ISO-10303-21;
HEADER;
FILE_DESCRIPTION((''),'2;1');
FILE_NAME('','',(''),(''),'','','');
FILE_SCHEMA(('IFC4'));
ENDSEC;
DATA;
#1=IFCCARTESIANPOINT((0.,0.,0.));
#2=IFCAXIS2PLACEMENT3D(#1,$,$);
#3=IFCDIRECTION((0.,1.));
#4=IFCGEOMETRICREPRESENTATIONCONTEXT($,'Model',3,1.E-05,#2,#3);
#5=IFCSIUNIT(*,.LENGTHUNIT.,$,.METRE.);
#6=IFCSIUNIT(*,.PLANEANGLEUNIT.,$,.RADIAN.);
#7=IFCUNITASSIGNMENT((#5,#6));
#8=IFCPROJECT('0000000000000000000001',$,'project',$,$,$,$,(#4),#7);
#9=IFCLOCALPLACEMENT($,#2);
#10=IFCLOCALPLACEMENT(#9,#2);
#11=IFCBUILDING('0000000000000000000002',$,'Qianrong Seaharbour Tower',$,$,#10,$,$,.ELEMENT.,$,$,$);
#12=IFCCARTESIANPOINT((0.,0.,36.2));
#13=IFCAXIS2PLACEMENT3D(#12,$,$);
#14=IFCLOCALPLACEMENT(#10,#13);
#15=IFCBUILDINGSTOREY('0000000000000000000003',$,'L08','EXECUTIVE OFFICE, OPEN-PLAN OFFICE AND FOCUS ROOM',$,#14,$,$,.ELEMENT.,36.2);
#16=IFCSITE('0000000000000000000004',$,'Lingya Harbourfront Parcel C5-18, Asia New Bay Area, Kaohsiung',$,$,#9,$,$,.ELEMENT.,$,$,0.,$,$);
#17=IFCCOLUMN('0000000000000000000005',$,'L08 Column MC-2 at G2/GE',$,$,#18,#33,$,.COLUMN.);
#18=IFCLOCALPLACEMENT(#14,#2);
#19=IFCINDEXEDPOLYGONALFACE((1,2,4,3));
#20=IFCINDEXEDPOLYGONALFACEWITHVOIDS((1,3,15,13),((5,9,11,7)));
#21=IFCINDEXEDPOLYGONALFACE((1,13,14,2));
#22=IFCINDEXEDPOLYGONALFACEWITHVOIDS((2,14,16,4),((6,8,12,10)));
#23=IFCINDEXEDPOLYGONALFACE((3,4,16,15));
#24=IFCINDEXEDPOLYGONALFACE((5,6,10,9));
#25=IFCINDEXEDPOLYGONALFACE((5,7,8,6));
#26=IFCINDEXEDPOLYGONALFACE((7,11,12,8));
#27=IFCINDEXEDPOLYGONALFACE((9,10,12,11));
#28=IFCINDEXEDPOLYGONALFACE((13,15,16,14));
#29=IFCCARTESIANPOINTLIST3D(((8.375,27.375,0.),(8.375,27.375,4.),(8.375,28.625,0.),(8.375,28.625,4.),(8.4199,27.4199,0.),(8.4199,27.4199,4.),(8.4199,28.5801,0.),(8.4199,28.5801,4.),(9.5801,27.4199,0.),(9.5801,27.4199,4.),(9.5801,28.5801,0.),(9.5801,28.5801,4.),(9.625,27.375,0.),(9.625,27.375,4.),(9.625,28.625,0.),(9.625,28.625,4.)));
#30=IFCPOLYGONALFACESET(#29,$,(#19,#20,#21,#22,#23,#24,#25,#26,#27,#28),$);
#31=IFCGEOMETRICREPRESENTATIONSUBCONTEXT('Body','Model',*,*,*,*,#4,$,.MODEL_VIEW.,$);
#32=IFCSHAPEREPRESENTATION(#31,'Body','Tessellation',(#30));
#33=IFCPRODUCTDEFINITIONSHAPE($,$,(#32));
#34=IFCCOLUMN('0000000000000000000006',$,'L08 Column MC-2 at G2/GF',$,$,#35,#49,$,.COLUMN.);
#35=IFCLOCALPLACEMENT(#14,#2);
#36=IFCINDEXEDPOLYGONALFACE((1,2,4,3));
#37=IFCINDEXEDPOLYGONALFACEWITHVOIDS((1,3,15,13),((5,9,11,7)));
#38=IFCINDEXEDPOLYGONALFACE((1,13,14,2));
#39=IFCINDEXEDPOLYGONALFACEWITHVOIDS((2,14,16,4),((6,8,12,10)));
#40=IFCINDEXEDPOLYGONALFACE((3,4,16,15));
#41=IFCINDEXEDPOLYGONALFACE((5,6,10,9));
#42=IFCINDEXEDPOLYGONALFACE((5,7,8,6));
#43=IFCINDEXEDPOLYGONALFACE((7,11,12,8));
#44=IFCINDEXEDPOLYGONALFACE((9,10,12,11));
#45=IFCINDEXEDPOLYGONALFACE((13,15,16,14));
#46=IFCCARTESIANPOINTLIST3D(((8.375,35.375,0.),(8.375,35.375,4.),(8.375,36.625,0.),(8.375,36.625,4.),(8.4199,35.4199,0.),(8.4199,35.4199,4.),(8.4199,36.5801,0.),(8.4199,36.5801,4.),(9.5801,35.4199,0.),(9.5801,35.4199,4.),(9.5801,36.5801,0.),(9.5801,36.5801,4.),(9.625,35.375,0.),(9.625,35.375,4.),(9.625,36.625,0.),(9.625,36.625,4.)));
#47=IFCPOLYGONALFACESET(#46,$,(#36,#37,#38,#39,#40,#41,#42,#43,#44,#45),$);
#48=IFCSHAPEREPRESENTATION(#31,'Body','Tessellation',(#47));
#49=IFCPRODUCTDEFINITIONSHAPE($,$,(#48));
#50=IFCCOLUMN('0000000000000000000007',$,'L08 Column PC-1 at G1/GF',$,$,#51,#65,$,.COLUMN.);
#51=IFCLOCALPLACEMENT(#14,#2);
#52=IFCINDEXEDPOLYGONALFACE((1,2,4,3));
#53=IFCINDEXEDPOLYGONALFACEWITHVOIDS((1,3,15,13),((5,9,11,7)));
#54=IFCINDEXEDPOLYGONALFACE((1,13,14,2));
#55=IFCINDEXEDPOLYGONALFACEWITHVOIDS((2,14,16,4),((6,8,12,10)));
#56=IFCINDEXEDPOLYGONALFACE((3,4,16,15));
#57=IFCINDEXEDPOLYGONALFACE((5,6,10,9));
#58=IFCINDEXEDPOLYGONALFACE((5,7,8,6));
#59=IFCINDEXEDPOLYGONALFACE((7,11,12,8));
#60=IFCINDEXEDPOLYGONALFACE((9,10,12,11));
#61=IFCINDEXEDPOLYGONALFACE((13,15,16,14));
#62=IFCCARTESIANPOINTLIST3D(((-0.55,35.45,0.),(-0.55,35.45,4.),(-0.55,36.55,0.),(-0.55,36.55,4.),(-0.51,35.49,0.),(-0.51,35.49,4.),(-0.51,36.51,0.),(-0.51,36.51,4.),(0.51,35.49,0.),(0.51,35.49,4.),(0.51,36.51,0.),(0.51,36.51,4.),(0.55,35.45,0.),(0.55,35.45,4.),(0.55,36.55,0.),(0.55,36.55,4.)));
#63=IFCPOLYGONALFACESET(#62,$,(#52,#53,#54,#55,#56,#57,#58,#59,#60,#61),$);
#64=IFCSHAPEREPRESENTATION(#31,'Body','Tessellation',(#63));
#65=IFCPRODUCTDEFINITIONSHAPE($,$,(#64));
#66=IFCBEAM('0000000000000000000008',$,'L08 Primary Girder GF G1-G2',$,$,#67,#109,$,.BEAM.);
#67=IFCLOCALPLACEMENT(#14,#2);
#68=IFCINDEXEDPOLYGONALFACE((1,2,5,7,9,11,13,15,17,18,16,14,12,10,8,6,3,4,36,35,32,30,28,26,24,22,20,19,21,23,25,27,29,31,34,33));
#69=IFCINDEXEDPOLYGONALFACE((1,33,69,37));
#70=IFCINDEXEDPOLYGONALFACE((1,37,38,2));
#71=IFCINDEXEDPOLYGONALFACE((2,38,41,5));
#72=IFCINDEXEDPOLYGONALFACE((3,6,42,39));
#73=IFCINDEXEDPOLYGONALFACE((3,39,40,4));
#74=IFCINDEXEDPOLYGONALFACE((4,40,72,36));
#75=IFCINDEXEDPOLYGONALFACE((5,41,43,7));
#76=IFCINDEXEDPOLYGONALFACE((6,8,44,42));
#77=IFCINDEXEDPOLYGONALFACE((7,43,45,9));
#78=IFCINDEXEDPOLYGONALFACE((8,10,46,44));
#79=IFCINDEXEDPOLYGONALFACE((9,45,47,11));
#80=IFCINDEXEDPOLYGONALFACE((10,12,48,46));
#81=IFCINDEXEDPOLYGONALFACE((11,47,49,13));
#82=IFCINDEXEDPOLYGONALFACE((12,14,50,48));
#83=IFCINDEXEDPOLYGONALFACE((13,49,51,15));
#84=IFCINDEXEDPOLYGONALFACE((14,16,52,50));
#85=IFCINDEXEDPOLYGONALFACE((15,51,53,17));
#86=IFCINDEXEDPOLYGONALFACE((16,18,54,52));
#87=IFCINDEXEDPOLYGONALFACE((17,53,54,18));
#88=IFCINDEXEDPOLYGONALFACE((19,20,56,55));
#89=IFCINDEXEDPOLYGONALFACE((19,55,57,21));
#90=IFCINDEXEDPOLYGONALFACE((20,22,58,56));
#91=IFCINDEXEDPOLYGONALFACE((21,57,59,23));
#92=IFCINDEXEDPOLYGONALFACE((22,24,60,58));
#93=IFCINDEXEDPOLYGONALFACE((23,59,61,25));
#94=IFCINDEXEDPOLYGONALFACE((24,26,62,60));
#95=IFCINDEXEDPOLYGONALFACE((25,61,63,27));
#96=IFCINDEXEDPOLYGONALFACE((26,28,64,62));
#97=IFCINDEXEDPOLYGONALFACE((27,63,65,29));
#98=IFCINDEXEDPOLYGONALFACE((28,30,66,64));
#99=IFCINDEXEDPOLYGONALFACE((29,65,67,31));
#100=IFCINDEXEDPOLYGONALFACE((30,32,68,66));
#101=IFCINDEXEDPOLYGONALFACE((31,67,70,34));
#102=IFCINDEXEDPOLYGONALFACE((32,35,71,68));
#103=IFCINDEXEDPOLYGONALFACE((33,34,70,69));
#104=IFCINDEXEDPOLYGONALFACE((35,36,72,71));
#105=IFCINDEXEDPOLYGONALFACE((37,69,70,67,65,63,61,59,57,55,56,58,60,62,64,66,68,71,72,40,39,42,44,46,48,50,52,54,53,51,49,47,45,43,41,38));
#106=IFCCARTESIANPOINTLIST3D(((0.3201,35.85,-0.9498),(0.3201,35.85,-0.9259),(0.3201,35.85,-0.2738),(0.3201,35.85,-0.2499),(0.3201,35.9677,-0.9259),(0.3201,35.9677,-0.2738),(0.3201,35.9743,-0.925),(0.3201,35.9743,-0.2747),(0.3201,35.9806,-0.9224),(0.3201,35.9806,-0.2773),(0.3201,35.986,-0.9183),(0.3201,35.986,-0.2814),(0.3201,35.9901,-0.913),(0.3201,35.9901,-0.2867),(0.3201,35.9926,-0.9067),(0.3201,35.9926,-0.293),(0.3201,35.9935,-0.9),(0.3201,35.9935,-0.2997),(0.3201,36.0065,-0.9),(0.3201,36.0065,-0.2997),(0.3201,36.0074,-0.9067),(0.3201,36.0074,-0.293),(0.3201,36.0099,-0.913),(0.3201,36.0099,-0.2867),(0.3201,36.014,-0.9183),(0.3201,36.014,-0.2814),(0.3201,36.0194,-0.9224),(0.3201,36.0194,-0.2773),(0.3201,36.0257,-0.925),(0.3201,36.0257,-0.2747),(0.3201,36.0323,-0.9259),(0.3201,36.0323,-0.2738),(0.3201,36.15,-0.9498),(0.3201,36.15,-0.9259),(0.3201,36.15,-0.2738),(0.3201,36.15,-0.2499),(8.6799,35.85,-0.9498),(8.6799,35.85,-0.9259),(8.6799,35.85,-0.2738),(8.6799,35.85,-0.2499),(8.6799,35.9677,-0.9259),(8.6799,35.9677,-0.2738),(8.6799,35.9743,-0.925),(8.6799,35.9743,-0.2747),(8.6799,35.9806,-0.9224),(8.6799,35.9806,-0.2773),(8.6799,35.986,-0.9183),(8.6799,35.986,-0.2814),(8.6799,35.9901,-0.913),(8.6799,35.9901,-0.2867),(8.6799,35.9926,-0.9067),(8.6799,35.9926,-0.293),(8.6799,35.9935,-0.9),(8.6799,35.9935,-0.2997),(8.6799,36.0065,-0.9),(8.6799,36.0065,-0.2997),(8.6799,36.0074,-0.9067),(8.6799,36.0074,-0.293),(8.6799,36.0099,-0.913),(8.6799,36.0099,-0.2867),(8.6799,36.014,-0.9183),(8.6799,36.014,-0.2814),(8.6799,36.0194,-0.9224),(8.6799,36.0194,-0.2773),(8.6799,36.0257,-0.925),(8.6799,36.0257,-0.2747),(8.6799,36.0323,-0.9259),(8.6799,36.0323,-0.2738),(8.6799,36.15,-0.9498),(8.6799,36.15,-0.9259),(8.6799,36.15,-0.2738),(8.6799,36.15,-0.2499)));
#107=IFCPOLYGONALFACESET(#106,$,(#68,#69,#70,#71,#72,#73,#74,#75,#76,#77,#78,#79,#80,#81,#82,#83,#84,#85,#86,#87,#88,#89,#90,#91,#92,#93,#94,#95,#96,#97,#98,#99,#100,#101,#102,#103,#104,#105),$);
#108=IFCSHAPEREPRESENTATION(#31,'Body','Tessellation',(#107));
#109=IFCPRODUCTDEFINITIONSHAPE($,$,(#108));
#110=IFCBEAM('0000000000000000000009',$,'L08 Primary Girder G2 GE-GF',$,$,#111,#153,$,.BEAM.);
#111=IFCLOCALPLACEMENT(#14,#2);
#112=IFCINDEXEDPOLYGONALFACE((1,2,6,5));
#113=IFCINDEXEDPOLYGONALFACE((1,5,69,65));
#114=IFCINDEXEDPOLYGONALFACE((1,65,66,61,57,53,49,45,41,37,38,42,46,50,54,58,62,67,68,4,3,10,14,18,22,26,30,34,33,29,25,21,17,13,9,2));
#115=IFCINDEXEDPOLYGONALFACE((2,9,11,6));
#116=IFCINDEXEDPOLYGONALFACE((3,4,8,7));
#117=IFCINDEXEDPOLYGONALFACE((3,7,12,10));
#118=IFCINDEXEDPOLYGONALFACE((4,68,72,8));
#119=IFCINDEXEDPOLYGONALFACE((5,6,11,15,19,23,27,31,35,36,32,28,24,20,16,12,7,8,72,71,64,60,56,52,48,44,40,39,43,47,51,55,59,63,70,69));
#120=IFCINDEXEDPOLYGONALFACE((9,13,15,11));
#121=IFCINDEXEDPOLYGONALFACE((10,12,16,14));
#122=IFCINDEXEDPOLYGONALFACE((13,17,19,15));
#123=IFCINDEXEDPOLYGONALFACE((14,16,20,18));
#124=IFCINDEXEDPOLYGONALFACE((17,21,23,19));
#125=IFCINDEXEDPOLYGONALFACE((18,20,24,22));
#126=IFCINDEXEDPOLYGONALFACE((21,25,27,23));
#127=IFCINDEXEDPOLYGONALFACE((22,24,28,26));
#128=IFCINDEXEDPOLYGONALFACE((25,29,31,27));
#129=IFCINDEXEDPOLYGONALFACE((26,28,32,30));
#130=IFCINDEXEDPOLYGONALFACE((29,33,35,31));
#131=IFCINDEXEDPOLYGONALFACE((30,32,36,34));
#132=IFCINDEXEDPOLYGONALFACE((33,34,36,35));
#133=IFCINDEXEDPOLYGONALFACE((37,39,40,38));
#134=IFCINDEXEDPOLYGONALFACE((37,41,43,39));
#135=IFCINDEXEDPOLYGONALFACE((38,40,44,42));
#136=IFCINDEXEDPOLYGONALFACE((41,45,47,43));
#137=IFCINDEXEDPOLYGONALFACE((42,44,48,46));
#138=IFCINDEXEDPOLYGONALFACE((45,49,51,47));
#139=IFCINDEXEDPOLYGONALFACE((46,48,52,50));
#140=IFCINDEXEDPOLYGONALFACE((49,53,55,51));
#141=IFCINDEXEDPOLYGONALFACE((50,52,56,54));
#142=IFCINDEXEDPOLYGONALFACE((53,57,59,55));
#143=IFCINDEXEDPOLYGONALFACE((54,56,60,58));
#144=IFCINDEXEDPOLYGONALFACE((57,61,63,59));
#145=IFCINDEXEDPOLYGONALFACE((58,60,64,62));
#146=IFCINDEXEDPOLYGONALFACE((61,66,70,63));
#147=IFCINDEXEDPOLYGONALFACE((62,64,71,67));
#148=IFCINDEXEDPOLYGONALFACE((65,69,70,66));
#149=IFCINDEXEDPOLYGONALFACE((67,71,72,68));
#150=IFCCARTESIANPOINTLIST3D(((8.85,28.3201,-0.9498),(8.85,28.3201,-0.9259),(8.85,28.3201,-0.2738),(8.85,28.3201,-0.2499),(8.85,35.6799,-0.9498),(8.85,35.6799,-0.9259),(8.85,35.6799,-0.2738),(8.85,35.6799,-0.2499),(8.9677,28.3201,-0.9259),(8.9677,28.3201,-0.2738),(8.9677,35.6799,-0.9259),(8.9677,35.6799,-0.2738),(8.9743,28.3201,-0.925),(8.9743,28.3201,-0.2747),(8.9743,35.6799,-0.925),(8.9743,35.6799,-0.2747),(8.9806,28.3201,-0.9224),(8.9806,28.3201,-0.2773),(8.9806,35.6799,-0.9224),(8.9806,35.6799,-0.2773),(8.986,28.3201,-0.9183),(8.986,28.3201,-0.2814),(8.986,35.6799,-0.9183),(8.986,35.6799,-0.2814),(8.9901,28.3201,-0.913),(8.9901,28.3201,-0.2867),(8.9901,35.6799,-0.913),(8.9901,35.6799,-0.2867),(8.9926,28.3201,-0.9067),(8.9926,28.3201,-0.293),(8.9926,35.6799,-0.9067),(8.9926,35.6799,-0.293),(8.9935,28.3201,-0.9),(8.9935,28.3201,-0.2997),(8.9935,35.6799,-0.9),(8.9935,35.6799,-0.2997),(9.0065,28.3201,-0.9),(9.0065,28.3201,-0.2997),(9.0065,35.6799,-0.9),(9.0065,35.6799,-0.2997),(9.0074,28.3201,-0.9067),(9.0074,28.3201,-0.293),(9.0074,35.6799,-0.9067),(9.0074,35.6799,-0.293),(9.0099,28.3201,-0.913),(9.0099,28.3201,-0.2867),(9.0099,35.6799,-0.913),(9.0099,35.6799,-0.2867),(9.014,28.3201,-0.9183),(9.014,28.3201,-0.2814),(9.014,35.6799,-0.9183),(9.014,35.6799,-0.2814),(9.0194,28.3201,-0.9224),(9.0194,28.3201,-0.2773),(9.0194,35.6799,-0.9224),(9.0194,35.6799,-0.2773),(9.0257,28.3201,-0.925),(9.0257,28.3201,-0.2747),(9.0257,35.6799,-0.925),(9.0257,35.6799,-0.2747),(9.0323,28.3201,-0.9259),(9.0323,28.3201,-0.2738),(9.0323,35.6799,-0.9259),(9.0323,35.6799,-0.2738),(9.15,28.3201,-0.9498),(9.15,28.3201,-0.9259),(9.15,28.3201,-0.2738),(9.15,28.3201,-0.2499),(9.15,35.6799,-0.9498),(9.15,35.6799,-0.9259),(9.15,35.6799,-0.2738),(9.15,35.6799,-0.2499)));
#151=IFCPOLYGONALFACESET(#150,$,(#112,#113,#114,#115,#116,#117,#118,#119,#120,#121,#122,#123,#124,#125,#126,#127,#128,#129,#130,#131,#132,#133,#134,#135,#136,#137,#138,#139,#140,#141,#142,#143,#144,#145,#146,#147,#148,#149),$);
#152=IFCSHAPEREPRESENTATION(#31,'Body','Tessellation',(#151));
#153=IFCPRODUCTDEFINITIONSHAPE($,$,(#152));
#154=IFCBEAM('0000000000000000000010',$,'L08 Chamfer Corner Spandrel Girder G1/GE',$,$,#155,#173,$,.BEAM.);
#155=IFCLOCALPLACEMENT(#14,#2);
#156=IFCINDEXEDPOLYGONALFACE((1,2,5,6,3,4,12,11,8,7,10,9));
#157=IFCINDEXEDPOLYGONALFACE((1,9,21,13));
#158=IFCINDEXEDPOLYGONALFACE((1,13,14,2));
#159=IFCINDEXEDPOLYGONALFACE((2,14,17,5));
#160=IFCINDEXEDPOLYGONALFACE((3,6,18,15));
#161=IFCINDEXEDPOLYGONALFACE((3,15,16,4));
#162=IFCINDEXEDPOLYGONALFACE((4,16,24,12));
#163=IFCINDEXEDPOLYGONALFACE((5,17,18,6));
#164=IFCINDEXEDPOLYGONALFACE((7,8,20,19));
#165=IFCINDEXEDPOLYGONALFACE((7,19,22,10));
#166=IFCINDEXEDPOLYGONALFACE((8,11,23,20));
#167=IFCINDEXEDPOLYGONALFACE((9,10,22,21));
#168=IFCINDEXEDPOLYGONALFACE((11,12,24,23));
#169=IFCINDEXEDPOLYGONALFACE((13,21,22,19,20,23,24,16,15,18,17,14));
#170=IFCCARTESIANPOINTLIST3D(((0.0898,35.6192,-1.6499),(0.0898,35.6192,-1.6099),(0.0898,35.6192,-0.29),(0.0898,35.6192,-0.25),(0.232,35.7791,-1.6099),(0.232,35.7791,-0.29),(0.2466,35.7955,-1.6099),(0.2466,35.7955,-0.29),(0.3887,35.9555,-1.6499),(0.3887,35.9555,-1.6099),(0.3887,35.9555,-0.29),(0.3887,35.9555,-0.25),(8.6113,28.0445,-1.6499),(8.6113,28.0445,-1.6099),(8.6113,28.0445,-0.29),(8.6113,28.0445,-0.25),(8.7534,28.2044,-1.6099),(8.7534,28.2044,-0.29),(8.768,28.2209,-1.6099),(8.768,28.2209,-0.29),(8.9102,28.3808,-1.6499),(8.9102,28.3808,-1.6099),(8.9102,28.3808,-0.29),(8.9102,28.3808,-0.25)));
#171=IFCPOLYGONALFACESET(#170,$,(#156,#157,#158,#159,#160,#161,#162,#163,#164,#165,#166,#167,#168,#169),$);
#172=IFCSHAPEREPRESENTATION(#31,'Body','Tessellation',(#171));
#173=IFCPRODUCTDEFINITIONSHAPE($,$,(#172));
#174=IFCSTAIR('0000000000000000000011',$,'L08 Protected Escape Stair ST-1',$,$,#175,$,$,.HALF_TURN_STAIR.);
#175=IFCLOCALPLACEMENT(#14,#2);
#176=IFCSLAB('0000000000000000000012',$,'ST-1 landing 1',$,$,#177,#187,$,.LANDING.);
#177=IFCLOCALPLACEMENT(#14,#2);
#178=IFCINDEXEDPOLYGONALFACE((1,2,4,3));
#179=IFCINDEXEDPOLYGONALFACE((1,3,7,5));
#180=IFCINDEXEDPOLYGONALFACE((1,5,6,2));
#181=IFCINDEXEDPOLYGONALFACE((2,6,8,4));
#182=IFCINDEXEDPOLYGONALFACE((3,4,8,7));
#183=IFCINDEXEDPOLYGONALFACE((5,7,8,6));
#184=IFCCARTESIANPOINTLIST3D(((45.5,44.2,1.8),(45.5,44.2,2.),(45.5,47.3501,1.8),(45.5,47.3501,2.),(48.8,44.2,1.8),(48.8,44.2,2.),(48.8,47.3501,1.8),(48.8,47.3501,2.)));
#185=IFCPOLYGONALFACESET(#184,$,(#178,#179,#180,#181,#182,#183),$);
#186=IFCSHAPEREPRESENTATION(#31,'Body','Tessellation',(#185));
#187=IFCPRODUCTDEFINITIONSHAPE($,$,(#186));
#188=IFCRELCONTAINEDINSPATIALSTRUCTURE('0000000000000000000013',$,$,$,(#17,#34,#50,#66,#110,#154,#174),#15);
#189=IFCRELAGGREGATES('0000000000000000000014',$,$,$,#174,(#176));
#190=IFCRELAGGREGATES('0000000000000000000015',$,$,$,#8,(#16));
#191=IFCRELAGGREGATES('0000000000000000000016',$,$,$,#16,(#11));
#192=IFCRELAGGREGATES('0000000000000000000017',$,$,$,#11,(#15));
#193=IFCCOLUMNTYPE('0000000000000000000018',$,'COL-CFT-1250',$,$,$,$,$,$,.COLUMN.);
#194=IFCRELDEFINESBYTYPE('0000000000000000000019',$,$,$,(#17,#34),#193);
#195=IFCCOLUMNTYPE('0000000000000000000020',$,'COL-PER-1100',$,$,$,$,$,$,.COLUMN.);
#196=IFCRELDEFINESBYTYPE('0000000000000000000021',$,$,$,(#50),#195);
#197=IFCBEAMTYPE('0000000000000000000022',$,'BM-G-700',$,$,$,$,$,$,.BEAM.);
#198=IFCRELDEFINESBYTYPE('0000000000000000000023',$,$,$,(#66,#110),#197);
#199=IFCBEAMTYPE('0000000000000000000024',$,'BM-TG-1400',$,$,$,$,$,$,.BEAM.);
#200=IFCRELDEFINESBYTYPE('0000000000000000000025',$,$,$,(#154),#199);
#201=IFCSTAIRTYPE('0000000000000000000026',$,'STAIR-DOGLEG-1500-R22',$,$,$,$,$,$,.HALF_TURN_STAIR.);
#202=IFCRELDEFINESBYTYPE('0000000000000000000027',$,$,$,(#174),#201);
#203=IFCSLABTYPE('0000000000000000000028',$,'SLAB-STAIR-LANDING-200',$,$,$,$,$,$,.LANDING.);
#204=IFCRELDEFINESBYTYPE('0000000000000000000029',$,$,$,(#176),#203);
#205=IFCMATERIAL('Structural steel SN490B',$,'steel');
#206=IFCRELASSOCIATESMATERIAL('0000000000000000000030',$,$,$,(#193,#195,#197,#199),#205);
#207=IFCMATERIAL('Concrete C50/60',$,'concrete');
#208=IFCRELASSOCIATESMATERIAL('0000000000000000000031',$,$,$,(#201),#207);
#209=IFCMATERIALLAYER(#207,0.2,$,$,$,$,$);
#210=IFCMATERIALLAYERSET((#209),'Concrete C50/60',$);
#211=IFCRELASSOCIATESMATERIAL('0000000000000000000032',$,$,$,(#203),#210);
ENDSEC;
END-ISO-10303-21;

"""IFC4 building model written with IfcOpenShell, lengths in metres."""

from ifc_helpers import new_model, si_unit, direction, frame, origin, origin_2d, place, context, subcontext, project, spatial, polyline, hollow_rectangle, i_section, outline, extrude, material, layer, layer_set, material_profile, profile_set, type_object, element, aggregate, save


model = new_model("IFC4")

# Units and contexts
model_context = context("Model", 3, precision=1e-05, world=origin(), true_north=direction((0.0, 1.0)))
body_context = subcontext(model_context, "Body", "Model", "MODEL_VIEW")
ifc_project = project(units=[si_unit("LENGTHUNIT", "METRE"), si_unit("PLANEANGLEUNIT", "RADIAN")], contexts=[model_context])

# Site, building, storey
site_placement = place(None, origin())
site = spatial("IfcSite", under=ifc_project, at=site_placement, Name="Lingya Harbourfront Parcel C5-18, Asia New Bay Area, Kaohsiung", CompositionType="ELEMENT", RefElevation=0.0)
building_placement = place(site_placement, origin())
building = spatial("IfcBuilding", under=site, at=building_placement, Name="Qianrong Seaharbour Tower", CompositionType="ELEMENT")
storey_placement = place(building_placement, frame((0.0, 0.0, 36.2)))
storey = spatial("IfcBuildingStorey", under=building, at=storey_placement, Name="L08", Description="EXECUTIVE OFFICE, OPEN-PLAN OFFICE AND FOCUS ROOM", CompositionType="ELEMENT", Elevation=36.2)

# Columns
ifc_material_1 = material(Name="Structural steel SN490B", Category="steel")
ifc_material_profile_1 = material_profile(ifc_material_1, hollow_rectangle(XDim=1.25, YDim=1.25, WallThickness=0.0449, at=origin_2d()), Name="BOX1250x1250x45")
ifc_profile_set_1 = profile_set([ifc_material_profile_1], Name="Structural steel SN490B")
column_type_1 = type_object("IfcColumnType", Name="COL-CFT-1250", PredefinedType="COLUMN", material=ifc_profile_set_1)
for number, where, z_axis, x_axis, name in (
    (1, (9.0, 28.0, 0.0), (0.0, 0.0, 1.0), (1.0, 0.0, 0.0), "L08 Column MC-2 at G2/GE"),
    (2, (9.0, 36.0, 0.0), (0.0, 0.0, 1.0), (1.0, 0.0, 0.0), "L08 Column MC-2 at G2/GF"),
):
    element("IfcColumn", number, at=place(storey_placement, frame(where, z_axis=z_axis, x_axis=x_axis)), inside=storey, type_object=column_type_1, Name=name, PredefinedType="COLUMN", context=body_context, shape_type="SweptSolid", body=[
        extrude(hollow_rectangle(XDim=1.25, YDim=1.25, WallThickness=0.0449, at=origin_2d()), origin(), (0.0, 0.0, 1.0), 4.0),
    ])
ifc_material_profile_2 = material_profile(ifc_material_1, hollow_rectangle(XDim=1.1001, YDim=1.1001, WallThickness=0.04, at=origin_2d()), Name="BOX1100x1100x40")
ifc_profile_set_2 = profile_set([ifc_material_profile_2], Name="Structural steel SN490B")
column_type_2 = type_object("IfcColumnType", Name="COL-PER-1100", PredefinedType="COLUMN", material=ifc_profile_set_2)
column_placement = place(storey_placement, frame((0.0, 36.0, 0.0), z_axis=(0.0, 0.0, 1.0), x_axis=(1.0, 0.0, 0.0)))
element("IfcColumn", 3, at=column_placement, inside=storey, type_object=column_type_2, Name="L08 Column PC-1 at G1/GF", PredefinedType="COLUMN", context=body_context, shape_type="SweptSolid", body=[
    extrude(hollow_rectangle(XDim=1.1001, YDim=1.1001, WallThickness=0.04, at=origin_2d()), origin(), (0.0, 0.0, 1.0), 4.0),
])

# Beams
ifc_material_profile_3 = material_profile(ifc_material_1, i_section(OverallWidth=0.3, OverallDepth=0.7, WebThickness=0.0129, FlangeThickness=0.0239, FilletRadius=0.0259, at=origin_2d()), Name="H700x300x13x24")
ifc_profile_set_3 = profile_set([ifc_material_profile_3], Name="Structural steel SN490B")
beam_type_1 = type_object("IfcBeamType", Name="BM-G-700", PredefinedType="BEAM", material=ifc_profile_set_3)
beam_1_placement = place(storey_placement, frame((0.3201, 36.0, -0.5999), z_axis=(1.0, 0.0, 0.0), x_axis=(0.0, 1.0, 0.0)))
element("IfcBeam", 4, at=beam_1_placement, inside=storey, type_object=beam_type_1, Name="L08 Primary Girder GF G1-G2", PredefinedType="BEAM", context=body_context, shape_type="SweptSolid", body=[
    extrude(i_section(OverallWidth=0.3, OverallDepth=0.7, WebThickness=0.0129, FlangeThickness=0.0239, FilletRadius=0.0259, at=origin_2d()), origin(), (0.0, 0.0, 1.0), 8.3599),
])
beam_2_placement = place(storey_placement, frame((9.0, 28.3201, -0.5999), z_axis=(0.0, 1.0, 0.0), x_axis=(-1.0, 0.0, 0.0)))
element("IfcBeam", 5, at=beam_2_placement, inside=storey, type_object=beam_type_1, Name="L08 Primary Girder G2 GE-GF", PredefinedType="BEAM", context=body_context, shape_type="SweptSolid", body=[
    extrude(i_section(OverallWidth=0.3, OverallDepth=0.7, WebThickness=0.0129, FlangeThickness=0.0239, FilletRadius=0.0259, at=origin_2d()), origin(), (0.0, 0.0, 1.0), 7.3599),
])
ifc_material_profile_4 = material_profile(ifc_material_1, i_section(OverallWidth=0.45, OverallDepth=1.3999, WebThickness=0.022, FlangeThickness=0.04, at=origin_2d()), Name="BH1400x450x22x40")
ifc_profile_set_4 = profile_set([ifc_material_profile_4], Name="Structural steel SN490B")
beam_type_2 = type_object("IfcBeamType", Name="BM-TG-1400", PredefinedType="BEAM", material=ifc_profile_set_4)
beam_3_placement = place(storey_placement, frame((8.7607, 28.2126, -0.95), z_axis=(-0.747407, 0.664366, 0.0), x_axis=(-0.664366, -0.747407, 0.0)))
element("IfcBeam", 6, at=beam_3_placement, inside=storey, type_object=beam_type_2, Name="L08 Chamfer Corner Spandrel Girder G1/GE", PredefinedType="BEAM", context=body_context, shape_type="SweptSolid", body=[
    extrude(i_section(OverallWidth=0.45, OverallDepth=1.3999, WebThickness=0.022, FlangeThickness=0.04, at=origin_2d()), origin(), (0.0, 0.0, 1.0), 11.4014),
])

# Stair, slab
ifc_material_2 = material(Name="Concrete C50/60", Category="concrete")
stair_type = type_object("IfcStairType", Name="STAIR-DOGLEG-1500-R22", PredefinedType="HALF_TURN_STAIR", material=ifc_material_2)
stair_1_placement = place(storey_placement, origin())
stair_1 = element("IfcStair", 7, at=stair_1_placement, inside=storey, type_object=stair_type, Name="L08 Protected Escape Stair ST-1", PredefinedType="HALF_TURN_STAIR")
ifc_layer_1 = layer(ifc_material_2, 0.2)
ifc_layer_set_1 = layer_set([ifc_layer_1], Name="Concrete C50/60")
slab_type_1 = type_object("IfcSlabType", Name="SLAB-STAIR-LANDING-200", PredefinedType="LANDING", material=ifc_layer_set_1)
slab_1_placement = place(storey_placement, frame((0.0, 0.0, 1.8)))
slab_1 = element("IfcSlab", 8, at=slab_1_placement, type_object=slab_type_1, Name="ST-1 landing 1", PredefinedType="LANDING", context=body_context, shape_type="SweptSolid", body=[
    extrude(outline(polyline([(45.5, 44.2), (48.8, 44.2), (48.8, 47.3501), (45.5, 47.3501), (45.5, 44.2)])), origin(), (0.0, 0.0, 1.0), 0.2),
])
aggregate(stair_1, [slab_1])

save(model, "model.ifc")
